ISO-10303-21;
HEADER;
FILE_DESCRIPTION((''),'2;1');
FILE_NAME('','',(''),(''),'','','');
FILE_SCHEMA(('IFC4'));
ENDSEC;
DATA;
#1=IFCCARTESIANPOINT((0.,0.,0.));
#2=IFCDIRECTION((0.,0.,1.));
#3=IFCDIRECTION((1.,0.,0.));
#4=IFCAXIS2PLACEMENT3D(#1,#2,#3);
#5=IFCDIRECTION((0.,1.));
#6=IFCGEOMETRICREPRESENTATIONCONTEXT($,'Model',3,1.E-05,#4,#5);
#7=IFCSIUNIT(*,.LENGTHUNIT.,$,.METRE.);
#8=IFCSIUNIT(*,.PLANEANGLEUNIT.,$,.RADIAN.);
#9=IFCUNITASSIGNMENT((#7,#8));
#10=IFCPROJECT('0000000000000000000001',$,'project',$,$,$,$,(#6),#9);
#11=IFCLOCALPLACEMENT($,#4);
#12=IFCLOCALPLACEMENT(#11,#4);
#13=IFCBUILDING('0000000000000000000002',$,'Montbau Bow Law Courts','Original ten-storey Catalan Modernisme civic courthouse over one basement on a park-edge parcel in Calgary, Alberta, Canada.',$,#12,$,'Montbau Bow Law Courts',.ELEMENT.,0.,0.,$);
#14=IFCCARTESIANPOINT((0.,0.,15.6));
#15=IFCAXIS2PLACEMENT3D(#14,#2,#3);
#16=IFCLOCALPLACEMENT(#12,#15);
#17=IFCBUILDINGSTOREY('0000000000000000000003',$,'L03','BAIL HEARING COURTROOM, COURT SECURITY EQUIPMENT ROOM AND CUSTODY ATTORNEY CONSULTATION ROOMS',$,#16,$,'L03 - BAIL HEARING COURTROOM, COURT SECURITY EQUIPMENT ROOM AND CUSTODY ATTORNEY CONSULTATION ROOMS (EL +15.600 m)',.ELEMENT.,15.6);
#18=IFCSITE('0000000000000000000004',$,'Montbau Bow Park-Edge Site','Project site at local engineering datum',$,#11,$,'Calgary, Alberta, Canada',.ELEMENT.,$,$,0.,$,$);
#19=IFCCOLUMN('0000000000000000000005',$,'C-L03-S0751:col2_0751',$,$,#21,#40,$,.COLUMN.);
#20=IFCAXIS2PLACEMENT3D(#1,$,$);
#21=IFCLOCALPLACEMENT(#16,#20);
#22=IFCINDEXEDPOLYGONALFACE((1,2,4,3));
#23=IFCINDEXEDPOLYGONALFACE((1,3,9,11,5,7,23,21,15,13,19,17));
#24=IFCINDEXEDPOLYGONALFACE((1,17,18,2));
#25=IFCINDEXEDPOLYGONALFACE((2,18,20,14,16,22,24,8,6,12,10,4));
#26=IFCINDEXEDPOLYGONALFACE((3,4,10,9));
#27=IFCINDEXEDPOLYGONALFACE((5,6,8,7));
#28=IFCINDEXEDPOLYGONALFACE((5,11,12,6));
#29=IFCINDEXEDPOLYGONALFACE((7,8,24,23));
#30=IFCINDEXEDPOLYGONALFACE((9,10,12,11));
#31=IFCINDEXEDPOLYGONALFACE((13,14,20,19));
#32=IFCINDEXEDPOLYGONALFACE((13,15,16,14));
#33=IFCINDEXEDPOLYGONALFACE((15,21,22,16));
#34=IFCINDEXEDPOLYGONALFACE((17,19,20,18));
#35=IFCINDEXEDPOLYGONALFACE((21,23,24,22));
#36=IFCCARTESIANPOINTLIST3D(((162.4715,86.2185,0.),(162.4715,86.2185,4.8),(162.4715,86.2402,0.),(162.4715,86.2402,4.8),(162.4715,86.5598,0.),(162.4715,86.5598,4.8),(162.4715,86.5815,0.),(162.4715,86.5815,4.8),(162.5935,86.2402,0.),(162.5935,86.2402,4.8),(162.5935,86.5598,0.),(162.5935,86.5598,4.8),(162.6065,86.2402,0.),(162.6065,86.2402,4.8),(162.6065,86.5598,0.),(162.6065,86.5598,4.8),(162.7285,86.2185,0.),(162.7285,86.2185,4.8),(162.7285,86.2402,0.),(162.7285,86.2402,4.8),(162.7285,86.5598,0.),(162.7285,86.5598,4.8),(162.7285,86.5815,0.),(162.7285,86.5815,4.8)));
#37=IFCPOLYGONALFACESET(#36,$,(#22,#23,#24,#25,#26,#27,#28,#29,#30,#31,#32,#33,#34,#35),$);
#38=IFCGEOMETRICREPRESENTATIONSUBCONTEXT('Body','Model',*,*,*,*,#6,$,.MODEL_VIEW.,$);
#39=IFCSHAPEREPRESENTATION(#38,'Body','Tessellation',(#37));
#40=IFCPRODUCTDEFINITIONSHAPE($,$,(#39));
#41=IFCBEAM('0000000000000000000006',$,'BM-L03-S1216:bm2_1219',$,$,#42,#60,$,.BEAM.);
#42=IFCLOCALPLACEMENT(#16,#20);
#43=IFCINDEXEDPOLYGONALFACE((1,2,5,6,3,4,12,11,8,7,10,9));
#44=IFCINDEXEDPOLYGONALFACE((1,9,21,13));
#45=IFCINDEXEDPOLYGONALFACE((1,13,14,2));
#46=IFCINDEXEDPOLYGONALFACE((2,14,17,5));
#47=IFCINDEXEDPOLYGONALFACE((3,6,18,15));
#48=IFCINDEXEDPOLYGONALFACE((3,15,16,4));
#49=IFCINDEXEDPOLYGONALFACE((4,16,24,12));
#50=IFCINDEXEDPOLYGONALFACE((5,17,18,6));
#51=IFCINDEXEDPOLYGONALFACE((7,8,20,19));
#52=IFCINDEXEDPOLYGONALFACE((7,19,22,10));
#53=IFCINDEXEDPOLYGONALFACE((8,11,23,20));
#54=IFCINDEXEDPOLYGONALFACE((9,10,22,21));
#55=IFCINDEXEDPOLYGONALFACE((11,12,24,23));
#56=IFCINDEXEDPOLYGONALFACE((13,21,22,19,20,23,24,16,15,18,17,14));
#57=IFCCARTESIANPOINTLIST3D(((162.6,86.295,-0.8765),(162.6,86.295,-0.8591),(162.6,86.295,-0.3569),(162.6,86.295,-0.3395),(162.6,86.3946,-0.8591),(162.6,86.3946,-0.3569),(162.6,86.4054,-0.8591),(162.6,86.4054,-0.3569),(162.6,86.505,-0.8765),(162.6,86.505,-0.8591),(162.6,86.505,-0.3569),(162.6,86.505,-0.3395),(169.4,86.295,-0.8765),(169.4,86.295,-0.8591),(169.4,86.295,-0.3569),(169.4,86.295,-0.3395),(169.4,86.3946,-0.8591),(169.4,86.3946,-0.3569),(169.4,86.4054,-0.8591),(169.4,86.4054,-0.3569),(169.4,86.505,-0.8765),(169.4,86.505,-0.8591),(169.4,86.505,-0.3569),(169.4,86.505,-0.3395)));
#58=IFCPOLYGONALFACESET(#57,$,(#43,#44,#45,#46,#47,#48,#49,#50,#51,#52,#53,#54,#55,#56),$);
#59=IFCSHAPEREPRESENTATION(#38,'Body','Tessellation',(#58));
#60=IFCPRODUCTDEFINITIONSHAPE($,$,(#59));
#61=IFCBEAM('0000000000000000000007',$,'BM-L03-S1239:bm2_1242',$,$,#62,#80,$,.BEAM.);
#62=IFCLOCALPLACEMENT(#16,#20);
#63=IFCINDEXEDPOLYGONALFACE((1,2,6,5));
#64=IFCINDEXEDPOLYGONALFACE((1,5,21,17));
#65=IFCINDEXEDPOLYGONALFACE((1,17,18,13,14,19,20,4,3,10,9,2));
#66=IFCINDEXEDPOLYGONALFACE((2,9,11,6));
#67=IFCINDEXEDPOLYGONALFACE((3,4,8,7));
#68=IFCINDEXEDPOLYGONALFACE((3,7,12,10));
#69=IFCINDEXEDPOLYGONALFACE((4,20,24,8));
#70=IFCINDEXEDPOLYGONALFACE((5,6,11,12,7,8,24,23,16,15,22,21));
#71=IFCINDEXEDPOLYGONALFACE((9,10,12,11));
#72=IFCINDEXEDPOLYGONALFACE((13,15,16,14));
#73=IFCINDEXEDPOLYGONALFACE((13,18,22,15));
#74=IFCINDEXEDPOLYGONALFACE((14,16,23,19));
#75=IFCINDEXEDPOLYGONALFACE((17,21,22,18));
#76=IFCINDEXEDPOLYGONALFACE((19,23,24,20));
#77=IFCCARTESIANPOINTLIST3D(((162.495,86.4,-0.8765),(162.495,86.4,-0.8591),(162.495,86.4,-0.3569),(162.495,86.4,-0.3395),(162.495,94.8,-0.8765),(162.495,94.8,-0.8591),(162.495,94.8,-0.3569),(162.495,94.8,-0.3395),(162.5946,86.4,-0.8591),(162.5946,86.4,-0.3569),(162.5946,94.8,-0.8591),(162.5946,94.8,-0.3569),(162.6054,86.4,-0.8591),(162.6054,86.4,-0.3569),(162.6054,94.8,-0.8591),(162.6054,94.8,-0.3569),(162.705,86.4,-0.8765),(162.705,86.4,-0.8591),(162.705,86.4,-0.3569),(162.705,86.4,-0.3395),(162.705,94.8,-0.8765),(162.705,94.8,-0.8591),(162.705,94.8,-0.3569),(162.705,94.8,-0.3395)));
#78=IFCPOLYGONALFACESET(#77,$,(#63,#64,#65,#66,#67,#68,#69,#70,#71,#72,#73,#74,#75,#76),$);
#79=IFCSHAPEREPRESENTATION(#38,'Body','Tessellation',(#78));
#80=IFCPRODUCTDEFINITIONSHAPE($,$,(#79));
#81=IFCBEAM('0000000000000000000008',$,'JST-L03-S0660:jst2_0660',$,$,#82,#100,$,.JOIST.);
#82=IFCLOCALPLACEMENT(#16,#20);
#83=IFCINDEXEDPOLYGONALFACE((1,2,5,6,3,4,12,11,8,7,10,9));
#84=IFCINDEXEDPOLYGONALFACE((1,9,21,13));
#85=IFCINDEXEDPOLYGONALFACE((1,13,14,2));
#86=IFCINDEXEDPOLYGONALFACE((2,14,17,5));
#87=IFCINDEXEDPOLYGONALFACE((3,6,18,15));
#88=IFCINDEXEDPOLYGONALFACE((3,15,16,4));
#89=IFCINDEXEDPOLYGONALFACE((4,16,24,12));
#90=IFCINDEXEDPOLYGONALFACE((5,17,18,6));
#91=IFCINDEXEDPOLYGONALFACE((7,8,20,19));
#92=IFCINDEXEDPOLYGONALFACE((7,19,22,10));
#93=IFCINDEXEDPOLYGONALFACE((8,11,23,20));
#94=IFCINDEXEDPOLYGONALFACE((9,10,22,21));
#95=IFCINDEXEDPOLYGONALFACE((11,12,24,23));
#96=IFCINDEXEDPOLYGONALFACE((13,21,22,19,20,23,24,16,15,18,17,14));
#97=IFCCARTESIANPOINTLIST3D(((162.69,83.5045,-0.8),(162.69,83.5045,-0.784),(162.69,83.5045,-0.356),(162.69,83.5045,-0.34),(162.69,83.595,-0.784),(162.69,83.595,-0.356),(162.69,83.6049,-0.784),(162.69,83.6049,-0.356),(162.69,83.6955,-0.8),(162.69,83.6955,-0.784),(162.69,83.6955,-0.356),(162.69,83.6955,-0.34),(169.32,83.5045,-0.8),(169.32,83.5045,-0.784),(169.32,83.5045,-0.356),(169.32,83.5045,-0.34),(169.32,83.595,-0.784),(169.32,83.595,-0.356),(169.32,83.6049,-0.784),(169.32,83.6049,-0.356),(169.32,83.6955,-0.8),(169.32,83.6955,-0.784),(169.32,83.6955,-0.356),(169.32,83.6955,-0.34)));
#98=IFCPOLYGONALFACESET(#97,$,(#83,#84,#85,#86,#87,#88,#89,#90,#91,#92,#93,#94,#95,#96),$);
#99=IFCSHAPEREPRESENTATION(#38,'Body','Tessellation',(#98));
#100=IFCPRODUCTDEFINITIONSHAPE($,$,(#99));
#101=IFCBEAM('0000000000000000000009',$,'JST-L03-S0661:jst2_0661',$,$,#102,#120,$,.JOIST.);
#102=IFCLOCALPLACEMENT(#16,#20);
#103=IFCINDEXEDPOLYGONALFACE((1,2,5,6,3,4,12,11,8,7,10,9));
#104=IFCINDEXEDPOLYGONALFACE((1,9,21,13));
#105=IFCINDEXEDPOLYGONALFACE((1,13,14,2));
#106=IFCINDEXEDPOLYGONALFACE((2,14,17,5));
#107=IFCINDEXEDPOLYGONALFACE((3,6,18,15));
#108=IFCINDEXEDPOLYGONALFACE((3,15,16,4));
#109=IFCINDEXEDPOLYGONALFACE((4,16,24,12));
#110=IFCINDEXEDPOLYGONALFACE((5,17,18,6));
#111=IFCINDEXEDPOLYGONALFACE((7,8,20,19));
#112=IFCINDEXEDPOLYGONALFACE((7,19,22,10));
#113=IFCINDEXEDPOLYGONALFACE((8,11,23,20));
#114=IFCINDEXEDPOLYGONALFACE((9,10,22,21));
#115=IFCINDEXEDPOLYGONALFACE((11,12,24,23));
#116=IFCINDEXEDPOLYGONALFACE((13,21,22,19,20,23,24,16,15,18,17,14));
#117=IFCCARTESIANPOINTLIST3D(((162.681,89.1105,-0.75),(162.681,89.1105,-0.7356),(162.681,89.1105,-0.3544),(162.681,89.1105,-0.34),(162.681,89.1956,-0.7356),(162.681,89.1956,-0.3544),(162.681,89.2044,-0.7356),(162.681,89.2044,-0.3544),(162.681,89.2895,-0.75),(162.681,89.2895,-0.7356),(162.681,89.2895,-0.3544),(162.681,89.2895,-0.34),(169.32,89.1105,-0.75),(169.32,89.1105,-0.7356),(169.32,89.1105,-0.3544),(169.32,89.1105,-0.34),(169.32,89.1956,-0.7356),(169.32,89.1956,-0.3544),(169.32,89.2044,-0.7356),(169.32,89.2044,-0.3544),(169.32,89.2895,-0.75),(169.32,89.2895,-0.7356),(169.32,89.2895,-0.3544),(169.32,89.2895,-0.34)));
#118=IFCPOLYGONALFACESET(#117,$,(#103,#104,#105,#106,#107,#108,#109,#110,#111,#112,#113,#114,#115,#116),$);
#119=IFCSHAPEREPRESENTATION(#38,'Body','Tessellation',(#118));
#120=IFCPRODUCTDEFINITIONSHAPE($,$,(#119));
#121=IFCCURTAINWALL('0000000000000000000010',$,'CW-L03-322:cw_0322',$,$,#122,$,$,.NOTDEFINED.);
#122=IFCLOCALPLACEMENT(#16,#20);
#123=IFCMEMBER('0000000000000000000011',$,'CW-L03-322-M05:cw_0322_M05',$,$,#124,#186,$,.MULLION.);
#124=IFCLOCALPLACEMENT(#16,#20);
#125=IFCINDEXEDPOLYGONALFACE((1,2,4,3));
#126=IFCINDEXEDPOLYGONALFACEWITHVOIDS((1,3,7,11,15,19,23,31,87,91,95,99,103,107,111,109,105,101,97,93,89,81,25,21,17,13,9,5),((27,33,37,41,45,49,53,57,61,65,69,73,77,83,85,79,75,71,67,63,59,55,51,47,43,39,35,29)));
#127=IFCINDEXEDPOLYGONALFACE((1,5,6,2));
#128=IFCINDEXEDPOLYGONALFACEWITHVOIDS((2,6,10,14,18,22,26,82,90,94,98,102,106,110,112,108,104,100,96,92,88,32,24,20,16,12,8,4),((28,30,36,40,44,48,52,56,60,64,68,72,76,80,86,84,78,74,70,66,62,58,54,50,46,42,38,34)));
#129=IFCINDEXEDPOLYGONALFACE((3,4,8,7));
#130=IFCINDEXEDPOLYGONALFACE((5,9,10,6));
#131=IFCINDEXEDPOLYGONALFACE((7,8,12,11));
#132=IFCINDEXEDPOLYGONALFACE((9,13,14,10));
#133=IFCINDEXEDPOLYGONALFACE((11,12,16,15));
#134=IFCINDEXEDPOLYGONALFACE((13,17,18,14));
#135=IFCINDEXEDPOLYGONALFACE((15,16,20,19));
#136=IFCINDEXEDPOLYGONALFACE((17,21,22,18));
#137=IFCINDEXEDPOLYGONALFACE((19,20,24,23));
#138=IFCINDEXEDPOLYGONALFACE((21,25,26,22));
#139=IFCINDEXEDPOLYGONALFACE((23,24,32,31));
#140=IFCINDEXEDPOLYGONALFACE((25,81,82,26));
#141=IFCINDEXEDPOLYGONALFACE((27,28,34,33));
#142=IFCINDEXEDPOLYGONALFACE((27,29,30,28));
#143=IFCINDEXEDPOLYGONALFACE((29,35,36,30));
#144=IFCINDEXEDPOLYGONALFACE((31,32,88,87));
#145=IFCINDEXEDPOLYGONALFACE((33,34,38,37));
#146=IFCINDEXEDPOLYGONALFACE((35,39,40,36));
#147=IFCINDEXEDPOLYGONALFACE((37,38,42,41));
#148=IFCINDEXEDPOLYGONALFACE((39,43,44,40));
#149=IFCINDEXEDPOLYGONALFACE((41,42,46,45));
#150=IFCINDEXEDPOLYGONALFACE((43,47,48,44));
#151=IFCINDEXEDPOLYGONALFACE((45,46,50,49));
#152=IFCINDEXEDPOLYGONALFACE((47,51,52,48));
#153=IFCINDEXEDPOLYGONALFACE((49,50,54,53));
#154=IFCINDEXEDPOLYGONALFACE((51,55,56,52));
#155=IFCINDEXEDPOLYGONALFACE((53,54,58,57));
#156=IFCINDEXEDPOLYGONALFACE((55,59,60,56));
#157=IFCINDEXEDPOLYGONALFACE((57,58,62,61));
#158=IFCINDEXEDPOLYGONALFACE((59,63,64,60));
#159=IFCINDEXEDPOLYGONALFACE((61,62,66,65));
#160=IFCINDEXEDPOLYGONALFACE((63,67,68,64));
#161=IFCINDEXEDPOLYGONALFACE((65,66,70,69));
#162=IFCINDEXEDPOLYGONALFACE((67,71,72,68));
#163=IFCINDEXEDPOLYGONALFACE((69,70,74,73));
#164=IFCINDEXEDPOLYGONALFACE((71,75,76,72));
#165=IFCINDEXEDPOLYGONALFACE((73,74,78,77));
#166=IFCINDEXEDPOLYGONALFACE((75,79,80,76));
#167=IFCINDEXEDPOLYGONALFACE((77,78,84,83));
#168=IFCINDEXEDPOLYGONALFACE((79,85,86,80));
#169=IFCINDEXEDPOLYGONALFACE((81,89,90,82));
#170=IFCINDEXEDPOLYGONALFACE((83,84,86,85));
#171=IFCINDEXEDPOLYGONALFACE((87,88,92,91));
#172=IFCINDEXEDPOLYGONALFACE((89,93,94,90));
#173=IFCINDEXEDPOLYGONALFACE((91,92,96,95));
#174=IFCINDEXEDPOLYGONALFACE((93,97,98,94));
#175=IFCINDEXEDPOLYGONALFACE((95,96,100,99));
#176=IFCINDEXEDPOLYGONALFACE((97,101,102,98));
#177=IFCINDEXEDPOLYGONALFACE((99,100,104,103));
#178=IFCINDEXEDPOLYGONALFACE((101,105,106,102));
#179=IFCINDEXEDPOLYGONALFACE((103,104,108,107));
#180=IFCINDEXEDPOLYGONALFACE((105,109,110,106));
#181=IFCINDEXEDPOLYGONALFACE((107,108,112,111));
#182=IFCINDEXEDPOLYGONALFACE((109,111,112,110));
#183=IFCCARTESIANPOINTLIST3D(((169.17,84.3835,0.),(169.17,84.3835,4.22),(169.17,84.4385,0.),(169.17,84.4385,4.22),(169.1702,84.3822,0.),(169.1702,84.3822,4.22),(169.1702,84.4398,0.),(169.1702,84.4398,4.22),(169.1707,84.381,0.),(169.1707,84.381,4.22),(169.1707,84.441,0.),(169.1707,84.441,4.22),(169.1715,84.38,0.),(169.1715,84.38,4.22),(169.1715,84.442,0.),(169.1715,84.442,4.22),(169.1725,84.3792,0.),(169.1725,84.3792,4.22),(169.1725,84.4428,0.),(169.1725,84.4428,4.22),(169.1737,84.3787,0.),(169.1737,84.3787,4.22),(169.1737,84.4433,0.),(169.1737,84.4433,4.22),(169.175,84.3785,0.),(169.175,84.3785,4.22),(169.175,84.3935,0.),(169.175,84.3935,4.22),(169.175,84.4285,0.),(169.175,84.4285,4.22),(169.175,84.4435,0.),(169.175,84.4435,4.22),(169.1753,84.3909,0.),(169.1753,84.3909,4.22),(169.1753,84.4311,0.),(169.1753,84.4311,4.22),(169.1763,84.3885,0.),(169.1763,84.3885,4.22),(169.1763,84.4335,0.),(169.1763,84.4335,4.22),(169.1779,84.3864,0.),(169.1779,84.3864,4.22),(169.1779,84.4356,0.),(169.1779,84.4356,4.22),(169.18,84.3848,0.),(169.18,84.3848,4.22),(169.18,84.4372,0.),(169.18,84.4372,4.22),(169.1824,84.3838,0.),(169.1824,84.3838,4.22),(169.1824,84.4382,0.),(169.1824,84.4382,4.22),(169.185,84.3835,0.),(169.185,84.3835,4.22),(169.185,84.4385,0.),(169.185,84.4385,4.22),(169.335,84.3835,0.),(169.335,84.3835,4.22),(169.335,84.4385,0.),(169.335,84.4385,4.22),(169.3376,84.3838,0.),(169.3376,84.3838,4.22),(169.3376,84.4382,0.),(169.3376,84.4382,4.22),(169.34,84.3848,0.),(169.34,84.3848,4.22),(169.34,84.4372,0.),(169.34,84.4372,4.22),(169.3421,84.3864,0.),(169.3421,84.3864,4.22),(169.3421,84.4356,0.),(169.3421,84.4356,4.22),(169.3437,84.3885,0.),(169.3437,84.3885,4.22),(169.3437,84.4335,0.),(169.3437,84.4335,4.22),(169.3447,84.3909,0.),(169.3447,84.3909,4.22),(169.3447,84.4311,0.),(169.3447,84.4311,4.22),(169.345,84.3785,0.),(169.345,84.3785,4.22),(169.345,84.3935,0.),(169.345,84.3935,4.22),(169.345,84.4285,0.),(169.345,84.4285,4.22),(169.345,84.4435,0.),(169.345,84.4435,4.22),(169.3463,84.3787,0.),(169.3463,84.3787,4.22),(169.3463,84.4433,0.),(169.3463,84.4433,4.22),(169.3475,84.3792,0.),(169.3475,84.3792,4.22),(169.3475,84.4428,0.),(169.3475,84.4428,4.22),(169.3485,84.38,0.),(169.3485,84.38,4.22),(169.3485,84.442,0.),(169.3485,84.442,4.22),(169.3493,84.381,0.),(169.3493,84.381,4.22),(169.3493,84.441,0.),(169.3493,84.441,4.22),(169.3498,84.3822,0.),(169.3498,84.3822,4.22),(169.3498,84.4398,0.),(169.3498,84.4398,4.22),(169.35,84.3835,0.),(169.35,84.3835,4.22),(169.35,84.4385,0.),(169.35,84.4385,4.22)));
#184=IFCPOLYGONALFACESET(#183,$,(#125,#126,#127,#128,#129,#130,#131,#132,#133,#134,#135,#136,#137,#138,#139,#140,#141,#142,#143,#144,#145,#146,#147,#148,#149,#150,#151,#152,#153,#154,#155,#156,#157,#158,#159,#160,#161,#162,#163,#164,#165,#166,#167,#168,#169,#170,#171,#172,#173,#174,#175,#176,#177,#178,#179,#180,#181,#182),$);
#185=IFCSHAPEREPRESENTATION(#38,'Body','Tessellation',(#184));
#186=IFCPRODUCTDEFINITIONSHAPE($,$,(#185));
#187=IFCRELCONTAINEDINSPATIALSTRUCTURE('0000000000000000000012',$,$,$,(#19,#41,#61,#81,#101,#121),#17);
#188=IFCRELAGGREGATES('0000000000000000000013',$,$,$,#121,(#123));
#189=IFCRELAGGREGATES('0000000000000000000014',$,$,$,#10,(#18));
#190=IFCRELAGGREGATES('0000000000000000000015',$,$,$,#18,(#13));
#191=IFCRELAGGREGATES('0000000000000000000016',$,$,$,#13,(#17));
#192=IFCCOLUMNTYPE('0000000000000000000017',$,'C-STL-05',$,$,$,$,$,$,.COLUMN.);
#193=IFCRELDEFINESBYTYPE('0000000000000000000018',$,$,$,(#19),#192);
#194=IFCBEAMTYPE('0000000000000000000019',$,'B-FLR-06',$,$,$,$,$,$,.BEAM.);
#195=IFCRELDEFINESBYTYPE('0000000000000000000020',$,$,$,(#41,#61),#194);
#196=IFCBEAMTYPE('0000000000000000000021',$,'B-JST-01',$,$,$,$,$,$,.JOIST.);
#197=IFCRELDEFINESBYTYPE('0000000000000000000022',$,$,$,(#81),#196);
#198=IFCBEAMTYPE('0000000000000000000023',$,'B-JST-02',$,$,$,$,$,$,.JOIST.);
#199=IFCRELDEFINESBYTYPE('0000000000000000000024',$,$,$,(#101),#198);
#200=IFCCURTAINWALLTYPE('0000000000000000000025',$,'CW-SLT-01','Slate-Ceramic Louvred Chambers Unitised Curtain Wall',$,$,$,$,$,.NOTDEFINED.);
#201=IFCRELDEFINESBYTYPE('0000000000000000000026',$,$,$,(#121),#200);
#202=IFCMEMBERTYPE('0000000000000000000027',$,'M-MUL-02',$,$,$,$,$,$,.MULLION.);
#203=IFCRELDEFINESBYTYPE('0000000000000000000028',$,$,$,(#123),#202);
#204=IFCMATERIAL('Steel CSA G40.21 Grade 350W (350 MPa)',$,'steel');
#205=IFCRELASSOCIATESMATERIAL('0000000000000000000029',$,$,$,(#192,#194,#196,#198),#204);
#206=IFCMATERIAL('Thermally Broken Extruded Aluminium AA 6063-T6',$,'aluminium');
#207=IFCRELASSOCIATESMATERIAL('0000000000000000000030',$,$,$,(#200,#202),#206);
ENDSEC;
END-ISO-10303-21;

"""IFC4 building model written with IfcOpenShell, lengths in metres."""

from ifc_helpers import new_model, si_unit, direction, frame, origin_with_axes, origin_2d_with_axis, place, context, subcontext, project, spatial, hollow_rectangle, i_section, extrude, material, material_profile, profile_set, type_object, element, aggregate, save


model = new_model("IFC4")

# Units and contexts
model_context = context("Model", 3, precision=1e-05, world=origin_with_axes(), true_north=direction((0.0, 1.0)))
body_context = subcontext(model_context, "Body", "Model", "MODEL_VIEW")
ifc_project = project(units=[si_unit("LENGTHUNIT", "METRE"), si_unit("PLANEANGLEUNIT", "RADIAN")], contexts=[model_context])

# Site, building, storey
site_placement = place(None, origin_with_axes())
site = spatial("IfcSite", under=ifc_project, at=site_placement, Name="Montbau Bow Park-Edge Site", Description="Project site at local engineering datum", LongName="Calgary, Alberta, Canada", CompositionType="ELEMENT", RefElevation=0.0)
building_placement = place(site_placement, origin_with_axes())
building = spatial("IfcBuilding", under=site, at=building_placement, Name="Montbau Bow Law Courts", Description="Original ten-storey Catalan Modernisme civic courthouse over one basement on a park-edge parcel in Calgary, Alberta, Canada.", LongName="Montbau Bow Law Courts", CompositionType="ELEMENT", ElevationOfRefHeight=0.0, ElevationOfTerrain=0.0)
storey_placement = place(building_placement, frame((0.0, 0.0, 15.6), z_axis=(0.0, 0.0, 1.0), x_axis=(1.0, 0.0, 0.0)))
storey = spatial("IfcBuildingStorey", under=building, at=storey_placement, Name="L03", Description="BAIL HEARING COURTROOM, COURT SECURITY EQUIPMENT ROOM AND CUSTODY ATTORNEY CONSULTATION ROOMS", LongName="L03 - BAIL HEARING COURTROOM, COURT SECURITY EQUIPMENT ROOM AND CUSTODY ATTORNEY CONSULTATION ROOMS (EL +15.600 m)", CompositionType="ELEMENT", Elevation=15.6)

# Column
ifc_material_1 = material(Name="Steel CSA G40.21 Grade 350W (350 MPa)", Category="steel")
ifc_material_profile_1 = material_profile(ifc_material_1, i_section(OverallWidth=0.257, OverallDepth=0.363, WebThickness=0.013, FlangeThickness=0.0217, at=origin_2d_with_axis()), Name="W360X122", Category="Main", Priority=0)
ifc_profile_set_1 = profile_set([ifc_material_profile_1], Name="Steel CSA G40.21 Grade 350W (350 MPa)")
column_type = type_object("IfcColumnType", Name="C-STL-05", PredefinedType="COLUMN", material=ifc_profile_set_1)
column_placement = place(None, frame((162.6, 86.4, 15.6), z_axis=(0.0, 0.0, 1.0), x_axis=(1.0, 0.0, 0.0)))
element("IfcColumn", 1, at=column_placement, inside=storey, type_object=column_type, Name="C-L03-S0751:col2_0751", PredefinedType="COLUMN", context=body_context, shape_type="SweptSolid", body=[
    extrude(i_section(OverallWidth=0.257, OverallDepth=0.363, WebThickness=0.013, FlangeThickness=0.0217, at=origin_2d_with_axis()), origin_with_axes(), (0.0, 0.0, 1.0), 4.8),
])

# Beams
ifc_material_profile_2 = material_profile(ifc_material_1, i_section(OverallWidth=0.21, OverallDepth=0.537, WebThickness=0.0109, FlangeThickness=0.0174, at=origin_2d_with_axis()), Name="W530X101", Category="Main", Priority=0)
ifc_profile_set_2 = profile_set([ifc_material_profile_2], Name="Steel CSA G40.21 Grade 350W (350 MPa)")
beam_type_1 = type_object("IfcBeamType", Name="B-FLR-06", PredefinedType="BEAM", material=ifc_profile_set_2)
beam_1_placement = place(None, frame((162.6, 86.4, 14.992), z_axis=(1.0, 0.0, 0.0), x_axis=(0.0, 1.0, 0.0)))
element("IfcBeam", 2, at=beam_1_placement, inside=storey, type_object=beam_type_1, Name="BM-L03-S1216:bm2_1219", PredefinedType="BEAM", context=body_context, shape_type="SweptSolid", body=[
    extrude(i_section(OverallWidth=0.21, OverallDepth=0.537, WebThickness=0.0109, FlangeThickness=0.0174, at=origin_2d_with_axis()), origin_with_axes(), (0.0, 0.0, 1.0), 6.8),
])
beam_2_placement = place(None, frame((162.6, 86.4, 14.992), z_axis=(0.0, 1.0, 0.0), x_axis=(-1.0, 0.0, 0.0)))
element("IfcBeam", 3, at=beam_2_placement, inside=storey, type_object=beam_type_1, Name="BM-L03-S1239:bm2_1242", PredefinedType="BEAM", context=body_context, shape_type="SweptSolid", body=[
    extrude(i_section(OverallWidth=0.21, OverallDepth=0.537, WebThickness=0.0109, FlangeThickness=0.0174, at=origin_2d_with_axis()), origin_with_axes(), (0.0, 0.0, 1.0), 8.4),
])
ifc_material_profile_3 = material_profile(ifc_material_1, i_section(OverallWidth=0.191, OverallDepth=0.46, WebThickness=0.0099, FlangeThickness=0.016, at=origin_2d_with_axis()), Name="W460X82", Category="Main", Priority=0)
ifc_profile_set_3 = profile_set([ifc_material_profile_3], Name="Steel CSA G40.21 Grade 350W (350 MPa)")
beam_type_2 = type_object("IfcBeamType", Name="B-JST-01", PredefinedType="JOIST", material=ifc_profile_set_3)
beam_3_placement = place(None, frame((162.69, 83.6, 15.03), z_axis=(1.0, 0.0, 0.0), x_axis=(0.0, 1.0, 0.0)))
element("IfcBeam", 4, at=beam_3_placement, inside=storey, type_object=beam_type_2, Name="JST-L03-S0660:jst2_0660", PredefinedType="JOIST", context=body_context, shape_type="SweptSolid", body=[
    extrude(i_section(OverallWidth=0.191, OverallDepth=0.46, WebThickness=0.0099, FlangeThickness=0.016, at=origin_2d_with_axis()), origin_with_axes(), (0.0, 0.0, 1.0), 6.63),
])
ifc_material_profile_4 = material_profile(ifc_material_1, i_section(OverallWidth=0.179, OverallDepth=0.41, WebThickness=0.0088, FlangeThickness=0.0144, at=origin_2d_with_axis()), Name="W410X67", Category="Main", Priority=0)
ifc_profile_set_4 = profile_set([ifc_material_profile_4], Name="Steel CSA G40.21 Grade 350W (350 MPa)")
beam_type_3 = type_object("IfcBeamType", Name="B-JST-02", PredefinedType="JOIST", material=ifc_profile_set_4)
beam_4_placement = place(None, frame((162.681, 89.2, 15.055), z_axis=(1.0, 0.0, 0.0), x_axis=(0.0, 1.0, 0.0)))
element("IfcBeam", 5, at=beam_4_placement, inside=storey, type_object=beam_type_3, Name="JST-L03-S0661:jst2_0661", PredefinedType="JOIST", context=body_context, shape_type="SweptSolid", body=[
    extrude(i_section(OverallWidth=0.179, OverallDepth=0.41, WebThickness=0.0088, FlangeThickness=0.0144, at=origin_2d_with_axis()), origin_with_axes(), (0.0, 0.0, 1.0), 6.639),
])

# Curtain wall, member
ifc_material_2 = material(Name="Thermally Broken Extruded Aluminium AA 6063-T6", Category="aluminium")
curtain_wall_type = type_object("IfcCurtainWallType", Name="CW-SLT-01", Description="Slate-Ceramic Louvred Chambers Unitised Curtain Wall", PredefinedType="NOTDEFINED", material=ifc_material_2)
curtain_wall_1_placement = place(None, frame((169.26, 78.515, 15.6), z_axis=(0.0, 0.0, 1.0), x_axis=(1.0, 0.0, 0.0)))
curtain_wall_1 = element("IfcCurtainWall", 6, at=curtain_wall_1_placement, inside=storey, type_object=curtain_wall_type, Name="CW-L03-322:cw_0322", PredefinedType="NOTDEFINED")
ifc_material_profile_5 = material_profile(ifc_material_2, hollow_rectangle(XDim=0.065, YDim=0.18, WallThickness=0.005, InnerFilletRadius=0.01, OuterFilletRadius=0.005, at=origin_2d_with_axis()), Name="CWM-180X65", Category="Main", Priority=0)
ifc_profile_set_5 = profile_set([ifc_material_profile_5], Name="Thermally Broken Extruded Aluminium AA 6063-T6")
member_type_1 = type_object("IfcMemberType", Name="M-MUL-02", PredefinedType="MULLION", material=ifc_profile_set_5)
member_1_placement = place(None, frame((169.26, 84.411, 15.6), z_axis=(0.0, 0.0, 1.0), x_axis=(0.0, 1.0, 0.0)))
member_1 = element("IfcMember", 7, at=member_1_placement, type_object=member_type_1, Name="CW-L03-322-M05:cw_0322_M05", PredefinedType="MULLION", context=body_context, shape_type="SweptSolid", body=[
    extrude(hollow_rectangle(XDim=0.065, YDim=0.18, WallThickness=0.005, InnerFilletRadius=0.01, OuterFilletRadius=0.005, at=origin_2d_with_axis()), origin_with_axes(), (0.0, 0.0, 1.0), 4.22),
])

aggregate(curtain_wall_1, [member_1])

save(model, "model.ifc")
